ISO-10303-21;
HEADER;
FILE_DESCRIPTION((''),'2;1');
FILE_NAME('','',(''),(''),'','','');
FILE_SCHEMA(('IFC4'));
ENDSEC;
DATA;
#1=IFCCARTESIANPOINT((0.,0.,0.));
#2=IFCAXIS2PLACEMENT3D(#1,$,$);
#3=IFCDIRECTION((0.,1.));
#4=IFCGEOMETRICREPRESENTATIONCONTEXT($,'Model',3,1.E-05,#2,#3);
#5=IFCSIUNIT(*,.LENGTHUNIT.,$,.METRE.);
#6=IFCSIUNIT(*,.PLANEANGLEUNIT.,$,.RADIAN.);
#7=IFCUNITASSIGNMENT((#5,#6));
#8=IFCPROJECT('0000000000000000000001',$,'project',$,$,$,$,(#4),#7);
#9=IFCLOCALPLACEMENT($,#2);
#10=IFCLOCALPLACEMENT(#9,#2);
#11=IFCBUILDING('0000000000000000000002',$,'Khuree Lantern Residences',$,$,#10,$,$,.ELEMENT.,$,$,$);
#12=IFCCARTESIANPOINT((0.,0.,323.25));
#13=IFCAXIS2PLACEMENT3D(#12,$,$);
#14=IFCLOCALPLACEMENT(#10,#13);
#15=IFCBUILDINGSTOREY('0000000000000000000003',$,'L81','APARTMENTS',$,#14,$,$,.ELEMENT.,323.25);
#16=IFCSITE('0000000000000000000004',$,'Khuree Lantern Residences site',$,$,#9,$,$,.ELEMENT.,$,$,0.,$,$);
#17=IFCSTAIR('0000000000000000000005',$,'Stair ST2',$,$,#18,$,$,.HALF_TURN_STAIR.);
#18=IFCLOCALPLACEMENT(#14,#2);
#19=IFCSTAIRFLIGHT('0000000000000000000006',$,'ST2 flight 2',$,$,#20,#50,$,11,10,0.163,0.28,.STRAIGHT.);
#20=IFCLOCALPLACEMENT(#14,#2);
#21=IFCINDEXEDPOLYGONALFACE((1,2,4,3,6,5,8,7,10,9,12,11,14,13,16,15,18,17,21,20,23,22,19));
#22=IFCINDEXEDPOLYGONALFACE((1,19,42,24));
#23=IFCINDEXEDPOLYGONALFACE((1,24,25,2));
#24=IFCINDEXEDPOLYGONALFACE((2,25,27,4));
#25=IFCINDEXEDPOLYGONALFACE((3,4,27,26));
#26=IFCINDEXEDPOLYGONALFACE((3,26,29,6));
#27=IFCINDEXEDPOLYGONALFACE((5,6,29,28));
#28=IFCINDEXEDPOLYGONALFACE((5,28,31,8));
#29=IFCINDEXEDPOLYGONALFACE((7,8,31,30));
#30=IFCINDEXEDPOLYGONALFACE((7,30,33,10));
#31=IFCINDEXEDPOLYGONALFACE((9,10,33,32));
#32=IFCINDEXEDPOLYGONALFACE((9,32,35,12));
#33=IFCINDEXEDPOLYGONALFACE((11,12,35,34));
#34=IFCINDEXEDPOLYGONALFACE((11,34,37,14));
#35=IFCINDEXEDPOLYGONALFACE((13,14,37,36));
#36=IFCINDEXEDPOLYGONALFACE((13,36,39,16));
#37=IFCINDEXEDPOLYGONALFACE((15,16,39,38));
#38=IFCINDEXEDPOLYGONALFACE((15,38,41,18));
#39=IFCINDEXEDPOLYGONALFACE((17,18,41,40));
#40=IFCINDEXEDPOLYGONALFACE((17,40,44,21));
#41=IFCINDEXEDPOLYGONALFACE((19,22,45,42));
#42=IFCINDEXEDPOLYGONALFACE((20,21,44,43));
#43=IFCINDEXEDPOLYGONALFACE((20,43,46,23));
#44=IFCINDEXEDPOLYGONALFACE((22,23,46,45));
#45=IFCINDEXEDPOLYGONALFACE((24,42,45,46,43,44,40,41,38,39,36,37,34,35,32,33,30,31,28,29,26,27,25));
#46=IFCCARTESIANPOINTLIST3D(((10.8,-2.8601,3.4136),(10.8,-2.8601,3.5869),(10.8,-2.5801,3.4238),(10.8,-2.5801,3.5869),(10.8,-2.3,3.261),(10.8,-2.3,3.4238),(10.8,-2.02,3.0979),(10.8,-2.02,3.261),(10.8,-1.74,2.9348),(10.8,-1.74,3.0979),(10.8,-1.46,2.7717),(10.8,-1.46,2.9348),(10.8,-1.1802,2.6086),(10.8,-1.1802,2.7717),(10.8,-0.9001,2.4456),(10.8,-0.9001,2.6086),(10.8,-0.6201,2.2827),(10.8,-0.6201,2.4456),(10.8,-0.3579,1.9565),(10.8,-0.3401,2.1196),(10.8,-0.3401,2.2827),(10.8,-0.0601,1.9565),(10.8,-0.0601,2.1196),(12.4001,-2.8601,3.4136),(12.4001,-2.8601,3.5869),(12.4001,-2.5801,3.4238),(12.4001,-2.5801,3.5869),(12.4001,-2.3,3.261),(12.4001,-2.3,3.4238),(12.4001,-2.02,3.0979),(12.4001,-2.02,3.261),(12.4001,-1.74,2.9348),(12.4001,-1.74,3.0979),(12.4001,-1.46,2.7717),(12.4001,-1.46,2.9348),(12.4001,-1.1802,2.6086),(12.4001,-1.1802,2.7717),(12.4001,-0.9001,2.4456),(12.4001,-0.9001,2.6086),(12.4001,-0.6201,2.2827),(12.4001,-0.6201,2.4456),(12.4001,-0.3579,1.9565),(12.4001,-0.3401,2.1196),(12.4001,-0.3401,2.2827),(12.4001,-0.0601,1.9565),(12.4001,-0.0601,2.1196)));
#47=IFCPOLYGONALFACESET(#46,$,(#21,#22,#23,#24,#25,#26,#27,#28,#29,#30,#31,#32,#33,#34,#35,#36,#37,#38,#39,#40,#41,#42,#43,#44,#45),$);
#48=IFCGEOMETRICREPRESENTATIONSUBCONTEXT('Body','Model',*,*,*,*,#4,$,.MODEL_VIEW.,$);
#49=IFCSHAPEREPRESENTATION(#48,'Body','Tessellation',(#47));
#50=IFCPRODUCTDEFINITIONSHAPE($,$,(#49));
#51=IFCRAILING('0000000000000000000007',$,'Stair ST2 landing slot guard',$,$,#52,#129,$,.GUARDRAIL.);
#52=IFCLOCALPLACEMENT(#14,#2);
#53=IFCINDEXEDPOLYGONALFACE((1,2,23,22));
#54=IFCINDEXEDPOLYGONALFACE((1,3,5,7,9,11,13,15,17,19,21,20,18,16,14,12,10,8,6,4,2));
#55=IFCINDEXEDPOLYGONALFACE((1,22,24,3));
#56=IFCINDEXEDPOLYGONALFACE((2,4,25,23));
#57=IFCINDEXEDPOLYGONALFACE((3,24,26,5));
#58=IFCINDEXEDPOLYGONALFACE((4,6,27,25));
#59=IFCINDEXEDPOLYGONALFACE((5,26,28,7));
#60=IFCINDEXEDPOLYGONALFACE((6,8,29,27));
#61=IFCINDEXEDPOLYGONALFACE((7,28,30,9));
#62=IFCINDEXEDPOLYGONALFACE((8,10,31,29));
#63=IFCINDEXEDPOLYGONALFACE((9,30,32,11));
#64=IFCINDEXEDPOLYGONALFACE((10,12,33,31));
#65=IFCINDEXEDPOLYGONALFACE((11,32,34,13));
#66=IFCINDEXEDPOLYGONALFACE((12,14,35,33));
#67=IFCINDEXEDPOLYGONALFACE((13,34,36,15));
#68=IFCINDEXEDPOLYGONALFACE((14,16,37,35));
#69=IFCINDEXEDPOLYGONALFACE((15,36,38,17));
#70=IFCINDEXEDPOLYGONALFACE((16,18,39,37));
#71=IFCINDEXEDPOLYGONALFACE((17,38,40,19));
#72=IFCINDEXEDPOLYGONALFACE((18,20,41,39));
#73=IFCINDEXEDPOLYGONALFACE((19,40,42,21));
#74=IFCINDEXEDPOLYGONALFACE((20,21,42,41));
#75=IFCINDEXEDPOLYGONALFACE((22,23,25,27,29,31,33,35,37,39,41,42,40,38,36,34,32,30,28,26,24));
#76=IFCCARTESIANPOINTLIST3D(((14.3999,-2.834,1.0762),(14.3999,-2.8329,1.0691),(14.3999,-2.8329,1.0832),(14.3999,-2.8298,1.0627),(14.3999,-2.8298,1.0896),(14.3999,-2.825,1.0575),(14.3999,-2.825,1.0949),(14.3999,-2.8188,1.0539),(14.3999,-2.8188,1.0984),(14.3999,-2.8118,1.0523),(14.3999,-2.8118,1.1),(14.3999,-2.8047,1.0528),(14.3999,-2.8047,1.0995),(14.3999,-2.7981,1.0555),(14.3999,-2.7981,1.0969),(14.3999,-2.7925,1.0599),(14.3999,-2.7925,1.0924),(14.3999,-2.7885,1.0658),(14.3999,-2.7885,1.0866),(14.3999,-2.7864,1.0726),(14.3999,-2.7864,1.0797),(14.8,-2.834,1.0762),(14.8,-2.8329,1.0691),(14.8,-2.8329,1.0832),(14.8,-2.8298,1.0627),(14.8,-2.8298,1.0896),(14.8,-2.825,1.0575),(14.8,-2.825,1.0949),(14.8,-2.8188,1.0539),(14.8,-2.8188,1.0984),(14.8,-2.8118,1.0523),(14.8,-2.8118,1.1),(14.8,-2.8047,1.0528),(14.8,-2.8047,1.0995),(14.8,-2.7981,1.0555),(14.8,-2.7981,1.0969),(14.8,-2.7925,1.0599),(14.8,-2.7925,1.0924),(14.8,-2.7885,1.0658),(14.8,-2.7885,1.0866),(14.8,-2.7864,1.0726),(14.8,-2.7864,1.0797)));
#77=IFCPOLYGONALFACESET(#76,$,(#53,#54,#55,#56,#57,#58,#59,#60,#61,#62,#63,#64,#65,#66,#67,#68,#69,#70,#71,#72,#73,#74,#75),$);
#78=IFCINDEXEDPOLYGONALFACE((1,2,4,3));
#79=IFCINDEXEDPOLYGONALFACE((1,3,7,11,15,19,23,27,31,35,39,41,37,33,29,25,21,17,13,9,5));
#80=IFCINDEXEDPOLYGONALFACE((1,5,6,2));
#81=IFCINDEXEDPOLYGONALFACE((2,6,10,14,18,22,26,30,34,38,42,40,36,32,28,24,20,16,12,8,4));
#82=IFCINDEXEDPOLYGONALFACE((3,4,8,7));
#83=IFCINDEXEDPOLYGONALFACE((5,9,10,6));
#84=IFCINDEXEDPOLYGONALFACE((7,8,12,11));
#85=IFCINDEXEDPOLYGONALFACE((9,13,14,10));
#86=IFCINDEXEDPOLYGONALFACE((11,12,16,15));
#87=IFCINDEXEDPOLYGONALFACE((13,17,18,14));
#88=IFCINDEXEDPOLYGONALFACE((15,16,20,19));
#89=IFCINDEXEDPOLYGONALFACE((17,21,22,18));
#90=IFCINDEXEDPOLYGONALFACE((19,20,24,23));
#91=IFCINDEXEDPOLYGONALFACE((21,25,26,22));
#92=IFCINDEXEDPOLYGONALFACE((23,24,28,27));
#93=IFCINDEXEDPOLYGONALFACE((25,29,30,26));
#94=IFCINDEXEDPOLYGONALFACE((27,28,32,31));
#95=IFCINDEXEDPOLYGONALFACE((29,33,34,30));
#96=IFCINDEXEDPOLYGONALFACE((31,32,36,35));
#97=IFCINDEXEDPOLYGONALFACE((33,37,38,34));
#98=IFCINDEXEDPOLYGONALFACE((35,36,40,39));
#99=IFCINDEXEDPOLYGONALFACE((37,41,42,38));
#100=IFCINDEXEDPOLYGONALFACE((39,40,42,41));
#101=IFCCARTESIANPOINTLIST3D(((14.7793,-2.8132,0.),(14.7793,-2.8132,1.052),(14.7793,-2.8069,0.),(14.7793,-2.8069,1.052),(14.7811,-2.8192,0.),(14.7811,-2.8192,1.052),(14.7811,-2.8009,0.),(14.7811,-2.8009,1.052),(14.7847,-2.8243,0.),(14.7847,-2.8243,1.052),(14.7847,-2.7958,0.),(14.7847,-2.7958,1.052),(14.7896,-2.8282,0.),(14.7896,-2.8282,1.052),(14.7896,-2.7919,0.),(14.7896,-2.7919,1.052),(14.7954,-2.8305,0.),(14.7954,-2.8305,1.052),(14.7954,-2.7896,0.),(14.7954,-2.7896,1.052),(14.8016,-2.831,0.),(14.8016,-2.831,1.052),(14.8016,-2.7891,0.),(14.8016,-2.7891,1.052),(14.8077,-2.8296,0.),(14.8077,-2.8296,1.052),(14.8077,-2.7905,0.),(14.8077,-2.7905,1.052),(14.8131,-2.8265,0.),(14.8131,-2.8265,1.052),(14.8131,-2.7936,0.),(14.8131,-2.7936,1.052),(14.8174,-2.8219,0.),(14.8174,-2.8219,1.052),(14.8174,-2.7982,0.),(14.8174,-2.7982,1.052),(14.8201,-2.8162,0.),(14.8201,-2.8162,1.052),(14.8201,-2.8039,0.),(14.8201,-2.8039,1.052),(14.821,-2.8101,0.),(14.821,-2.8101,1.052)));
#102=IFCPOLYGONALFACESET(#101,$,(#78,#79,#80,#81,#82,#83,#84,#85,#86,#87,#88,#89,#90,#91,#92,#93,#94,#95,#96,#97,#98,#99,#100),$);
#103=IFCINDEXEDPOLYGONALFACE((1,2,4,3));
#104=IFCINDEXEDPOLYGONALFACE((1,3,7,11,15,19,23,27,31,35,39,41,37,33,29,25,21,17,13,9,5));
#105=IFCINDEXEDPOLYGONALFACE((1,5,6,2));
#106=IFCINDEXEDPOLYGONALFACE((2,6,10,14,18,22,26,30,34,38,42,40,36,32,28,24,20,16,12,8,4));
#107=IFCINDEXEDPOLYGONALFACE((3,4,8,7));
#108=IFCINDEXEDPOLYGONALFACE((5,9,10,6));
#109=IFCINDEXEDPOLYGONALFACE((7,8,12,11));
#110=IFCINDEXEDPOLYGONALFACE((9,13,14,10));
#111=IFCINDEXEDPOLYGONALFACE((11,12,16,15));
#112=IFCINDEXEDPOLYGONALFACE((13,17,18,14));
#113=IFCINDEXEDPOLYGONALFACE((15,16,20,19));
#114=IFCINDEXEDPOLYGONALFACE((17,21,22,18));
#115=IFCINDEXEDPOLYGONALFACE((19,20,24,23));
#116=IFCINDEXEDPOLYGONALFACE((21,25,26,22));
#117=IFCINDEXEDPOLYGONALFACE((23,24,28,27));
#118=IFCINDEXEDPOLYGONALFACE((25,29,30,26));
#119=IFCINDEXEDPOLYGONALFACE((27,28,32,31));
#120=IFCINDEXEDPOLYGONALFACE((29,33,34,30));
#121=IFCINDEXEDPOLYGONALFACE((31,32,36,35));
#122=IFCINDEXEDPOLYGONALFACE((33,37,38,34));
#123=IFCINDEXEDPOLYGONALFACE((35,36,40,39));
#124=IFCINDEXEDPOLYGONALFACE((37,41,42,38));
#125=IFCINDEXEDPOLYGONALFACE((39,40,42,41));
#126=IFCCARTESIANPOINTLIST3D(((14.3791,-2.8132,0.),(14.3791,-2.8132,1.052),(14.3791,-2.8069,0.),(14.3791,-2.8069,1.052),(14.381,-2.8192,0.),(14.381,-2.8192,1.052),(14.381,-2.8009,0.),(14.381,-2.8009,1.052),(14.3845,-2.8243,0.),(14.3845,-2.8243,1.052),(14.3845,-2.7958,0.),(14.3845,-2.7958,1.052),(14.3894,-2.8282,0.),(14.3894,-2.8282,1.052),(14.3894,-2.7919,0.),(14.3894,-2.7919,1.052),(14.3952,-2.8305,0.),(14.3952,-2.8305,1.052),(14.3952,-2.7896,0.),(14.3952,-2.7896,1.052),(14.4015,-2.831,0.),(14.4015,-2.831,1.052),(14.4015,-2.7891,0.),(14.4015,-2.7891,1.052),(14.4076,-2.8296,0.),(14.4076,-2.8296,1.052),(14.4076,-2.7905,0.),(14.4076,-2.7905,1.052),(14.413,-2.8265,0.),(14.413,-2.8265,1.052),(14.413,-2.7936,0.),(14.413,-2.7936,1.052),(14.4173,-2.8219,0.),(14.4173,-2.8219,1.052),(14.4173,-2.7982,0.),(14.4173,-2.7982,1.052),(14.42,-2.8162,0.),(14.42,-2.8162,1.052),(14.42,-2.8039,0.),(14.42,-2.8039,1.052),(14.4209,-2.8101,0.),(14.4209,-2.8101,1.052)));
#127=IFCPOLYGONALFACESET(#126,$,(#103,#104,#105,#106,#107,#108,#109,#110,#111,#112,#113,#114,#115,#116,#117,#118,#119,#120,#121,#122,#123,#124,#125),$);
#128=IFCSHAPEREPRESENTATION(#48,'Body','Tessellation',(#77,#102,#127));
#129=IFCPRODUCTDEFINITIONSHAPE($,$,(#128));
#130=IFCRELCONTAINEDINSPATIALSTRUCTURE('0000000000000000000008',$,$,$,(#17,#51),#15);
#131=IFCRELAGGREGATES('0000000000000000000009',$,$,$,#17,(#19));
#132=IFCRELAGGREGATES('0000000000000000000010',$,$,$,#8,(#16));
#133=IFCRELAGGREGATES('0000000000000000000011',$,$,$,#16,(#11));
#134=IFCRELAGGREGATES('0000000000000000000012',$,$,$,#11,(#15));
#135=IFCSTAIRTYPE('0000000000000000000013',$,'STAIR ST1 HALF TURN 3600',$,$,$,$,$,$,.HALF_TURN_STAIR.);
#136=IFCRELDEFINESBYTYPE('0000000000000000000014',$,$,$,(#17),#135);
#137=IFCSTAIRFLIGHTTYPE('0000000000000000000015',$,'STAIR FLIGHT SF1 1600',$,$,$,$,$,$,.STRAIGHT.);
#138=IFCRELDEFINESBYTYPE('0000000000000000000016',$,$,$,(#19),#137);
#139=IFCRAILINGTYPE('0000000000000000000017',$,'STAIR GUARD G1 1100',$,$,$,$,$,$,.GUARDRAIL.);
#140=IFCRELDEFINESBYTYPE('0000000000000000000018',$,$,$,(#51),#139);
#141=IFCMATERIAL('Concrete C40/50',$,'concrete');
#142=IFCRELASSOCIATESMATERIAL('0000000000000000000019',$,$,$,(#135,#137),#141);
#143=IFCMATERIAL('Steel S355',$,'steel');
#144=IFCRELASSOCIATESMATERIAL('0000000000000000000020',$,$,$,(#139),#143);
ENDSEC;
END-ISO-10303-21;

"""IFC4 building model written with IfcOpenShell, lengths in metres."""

from ifc_helpers import new_model, si_unit, direction, frame, origin, origin_2d, place, context, subcontext, project, spatial, polyline, circle, outline, extrude, material, type_object, element, aggregate, save


model = new_model("IFC4")

# Units and contexts
model_context = context("Model", 3, precision=1e-05, world=origin(), true_north=direction((0.0, 1.0)))
body_context = subcontext(model_context, "Body", "Model", "MODEL_VIEW")
ifc_project = project(units=[si_unit("LENGTHUNIT", "METRE"), si_unit("PLANEANGLEUNIT", "RADIAN")], contexts=[model_context])

# Site, building, storey
site_placement = place(None, origin())
site = spatial("IfcSite", under=ifc_project, at=site_placement, Name="Khuree Lantern Residences site", CompositionType="ELEMENT", RefElevation=0.0)
building_placement = place(site_placement, origin())
building = spatial("IfcBuilding", under=site, at=building_placement, Name="Khuree Lantern Residences", CompositionType="ELEMENT")
storey_placement = place(building_placement, frame((0.0, 0.0, 323.25)))
storey = spatial("IfcBuildingStorey", under=building, at=storey_placement, Name="L81", Description="APARTMENTS", CompositionType="ELEMENT", Elevation=323.25)

# Shared definitions
ifc_material_1 = material(Name="Concrete C40/50", Category="concrete")
stair_type = type_object("IfcStairType", Name="STAIR ST1 HALF TURN 3600", PredefinedType="HALF_TURN_STAIR", material=ifc_material_1)

# Stair, stair flight
stair_1_placement = place(storey_placement, origin())
stair_1 = element("IfcStair", 1, at=stair_1_placement, inside=storey, type_object=stair_type, Name="Stair ST2", PredefinedType="HALF_TURN_STAIR")
stair_flight_type = type_object("IfcStairFlightType", Name="STAIR FLIGHT SF1 1600", PredefinedType="STRAIGHT", material=ifc_material_1)
stair_flight_1_placement = place(storey_placement, frame((11.6001, -0.0601, 1.9565), z_axis=(0.0, 0.0, 1.0), x_axis=(0.0, -1.0, 0.0)))
stair_flight_1 = element("IfcStairFlight", 2, at=stair_flight_1_placement, type_object=stair_flight_type, Name="ST2 flight 2", NumberOfRisers=11, NumberOfTreads=10, PredefinedType="STRAIGHT", RiserHeight=0.163, TreadLength=0.28, context=body_context, shape_type="SweptSolid", body=[
    extrude(outline(polyline([(0.0, 0.0), (0.0, 0.1631), (0.28, 0.1631), (0.28, 0.3262), (0.5601, 0.3262), (0.5601, 0.489), (0.8401, 0.489), (0.8401, 0.6521), (1.1201, 0.6521), (1.1201, 0.8152), (1.3999, 0.8152), (1.3999, 0.9783), (1.6799, 0.9783), (1.6799, 1.1414), (1.96, 1.1414), (1.96, 1.3044), (2.24, 1.3044), (2.24, 1.4673), (2.52, 1.4673), (2.52, 1.6304), (2.8, 1.6304), (2.8, 1.7935), (2.8, 1.457), (0.2979, 0.0), (0.0, 0.0)])), frame((0.0, 0.8, 0.0), z_axis=(0.0, -1.0, 0.0), x_axis=(1.0, 0.0, 0.0)), (0.0, 0.0, 1.0), 1.6001),
])
aggregate(stair_1, [stair_flight_1])

# Railing
ifc_material_2 = material(Name="Steel S355", Category="steel")
railing_type_1 = type_object("IfcRailingType", Name="STAIR GUARD G1 1100", PredefinedType="GUARDRAIL", material=ifc_material_2)
railing_1_placement = place(storey_placement, frame((14.8, -2.8101, 0.0)))
element("IfcRailing", 3, at=railing_1_placement, inside=storey, type_object=railing_type_1, Name="Stair ST2 landing slot guard", PredefinedType="GUARDRAIL", context=body_context, shape_type="SweptSolid", body=[
    extrude(circle(Radius=0.0239, at=origin_2d()), frame((0.0, 0.0, 1.0762), z_axis=(-1.0, 0.0, 0.0), x_axis=(0.0, -1.0, 0.0)), (0.0, 0.0, 1.0), 0.4001),
    extrude(circle(Radius=0.021, at=origin_2d()), origin(), (0.0, 0.0, 1.0), 1.052),
    extrude(circle(Radius=0.021, at=origin_2d()), frame((-0.4001, 0.0, 0.0)), (0.0, 0.0, 1.0), 1.052),
])

save(model, "model.ifc")
